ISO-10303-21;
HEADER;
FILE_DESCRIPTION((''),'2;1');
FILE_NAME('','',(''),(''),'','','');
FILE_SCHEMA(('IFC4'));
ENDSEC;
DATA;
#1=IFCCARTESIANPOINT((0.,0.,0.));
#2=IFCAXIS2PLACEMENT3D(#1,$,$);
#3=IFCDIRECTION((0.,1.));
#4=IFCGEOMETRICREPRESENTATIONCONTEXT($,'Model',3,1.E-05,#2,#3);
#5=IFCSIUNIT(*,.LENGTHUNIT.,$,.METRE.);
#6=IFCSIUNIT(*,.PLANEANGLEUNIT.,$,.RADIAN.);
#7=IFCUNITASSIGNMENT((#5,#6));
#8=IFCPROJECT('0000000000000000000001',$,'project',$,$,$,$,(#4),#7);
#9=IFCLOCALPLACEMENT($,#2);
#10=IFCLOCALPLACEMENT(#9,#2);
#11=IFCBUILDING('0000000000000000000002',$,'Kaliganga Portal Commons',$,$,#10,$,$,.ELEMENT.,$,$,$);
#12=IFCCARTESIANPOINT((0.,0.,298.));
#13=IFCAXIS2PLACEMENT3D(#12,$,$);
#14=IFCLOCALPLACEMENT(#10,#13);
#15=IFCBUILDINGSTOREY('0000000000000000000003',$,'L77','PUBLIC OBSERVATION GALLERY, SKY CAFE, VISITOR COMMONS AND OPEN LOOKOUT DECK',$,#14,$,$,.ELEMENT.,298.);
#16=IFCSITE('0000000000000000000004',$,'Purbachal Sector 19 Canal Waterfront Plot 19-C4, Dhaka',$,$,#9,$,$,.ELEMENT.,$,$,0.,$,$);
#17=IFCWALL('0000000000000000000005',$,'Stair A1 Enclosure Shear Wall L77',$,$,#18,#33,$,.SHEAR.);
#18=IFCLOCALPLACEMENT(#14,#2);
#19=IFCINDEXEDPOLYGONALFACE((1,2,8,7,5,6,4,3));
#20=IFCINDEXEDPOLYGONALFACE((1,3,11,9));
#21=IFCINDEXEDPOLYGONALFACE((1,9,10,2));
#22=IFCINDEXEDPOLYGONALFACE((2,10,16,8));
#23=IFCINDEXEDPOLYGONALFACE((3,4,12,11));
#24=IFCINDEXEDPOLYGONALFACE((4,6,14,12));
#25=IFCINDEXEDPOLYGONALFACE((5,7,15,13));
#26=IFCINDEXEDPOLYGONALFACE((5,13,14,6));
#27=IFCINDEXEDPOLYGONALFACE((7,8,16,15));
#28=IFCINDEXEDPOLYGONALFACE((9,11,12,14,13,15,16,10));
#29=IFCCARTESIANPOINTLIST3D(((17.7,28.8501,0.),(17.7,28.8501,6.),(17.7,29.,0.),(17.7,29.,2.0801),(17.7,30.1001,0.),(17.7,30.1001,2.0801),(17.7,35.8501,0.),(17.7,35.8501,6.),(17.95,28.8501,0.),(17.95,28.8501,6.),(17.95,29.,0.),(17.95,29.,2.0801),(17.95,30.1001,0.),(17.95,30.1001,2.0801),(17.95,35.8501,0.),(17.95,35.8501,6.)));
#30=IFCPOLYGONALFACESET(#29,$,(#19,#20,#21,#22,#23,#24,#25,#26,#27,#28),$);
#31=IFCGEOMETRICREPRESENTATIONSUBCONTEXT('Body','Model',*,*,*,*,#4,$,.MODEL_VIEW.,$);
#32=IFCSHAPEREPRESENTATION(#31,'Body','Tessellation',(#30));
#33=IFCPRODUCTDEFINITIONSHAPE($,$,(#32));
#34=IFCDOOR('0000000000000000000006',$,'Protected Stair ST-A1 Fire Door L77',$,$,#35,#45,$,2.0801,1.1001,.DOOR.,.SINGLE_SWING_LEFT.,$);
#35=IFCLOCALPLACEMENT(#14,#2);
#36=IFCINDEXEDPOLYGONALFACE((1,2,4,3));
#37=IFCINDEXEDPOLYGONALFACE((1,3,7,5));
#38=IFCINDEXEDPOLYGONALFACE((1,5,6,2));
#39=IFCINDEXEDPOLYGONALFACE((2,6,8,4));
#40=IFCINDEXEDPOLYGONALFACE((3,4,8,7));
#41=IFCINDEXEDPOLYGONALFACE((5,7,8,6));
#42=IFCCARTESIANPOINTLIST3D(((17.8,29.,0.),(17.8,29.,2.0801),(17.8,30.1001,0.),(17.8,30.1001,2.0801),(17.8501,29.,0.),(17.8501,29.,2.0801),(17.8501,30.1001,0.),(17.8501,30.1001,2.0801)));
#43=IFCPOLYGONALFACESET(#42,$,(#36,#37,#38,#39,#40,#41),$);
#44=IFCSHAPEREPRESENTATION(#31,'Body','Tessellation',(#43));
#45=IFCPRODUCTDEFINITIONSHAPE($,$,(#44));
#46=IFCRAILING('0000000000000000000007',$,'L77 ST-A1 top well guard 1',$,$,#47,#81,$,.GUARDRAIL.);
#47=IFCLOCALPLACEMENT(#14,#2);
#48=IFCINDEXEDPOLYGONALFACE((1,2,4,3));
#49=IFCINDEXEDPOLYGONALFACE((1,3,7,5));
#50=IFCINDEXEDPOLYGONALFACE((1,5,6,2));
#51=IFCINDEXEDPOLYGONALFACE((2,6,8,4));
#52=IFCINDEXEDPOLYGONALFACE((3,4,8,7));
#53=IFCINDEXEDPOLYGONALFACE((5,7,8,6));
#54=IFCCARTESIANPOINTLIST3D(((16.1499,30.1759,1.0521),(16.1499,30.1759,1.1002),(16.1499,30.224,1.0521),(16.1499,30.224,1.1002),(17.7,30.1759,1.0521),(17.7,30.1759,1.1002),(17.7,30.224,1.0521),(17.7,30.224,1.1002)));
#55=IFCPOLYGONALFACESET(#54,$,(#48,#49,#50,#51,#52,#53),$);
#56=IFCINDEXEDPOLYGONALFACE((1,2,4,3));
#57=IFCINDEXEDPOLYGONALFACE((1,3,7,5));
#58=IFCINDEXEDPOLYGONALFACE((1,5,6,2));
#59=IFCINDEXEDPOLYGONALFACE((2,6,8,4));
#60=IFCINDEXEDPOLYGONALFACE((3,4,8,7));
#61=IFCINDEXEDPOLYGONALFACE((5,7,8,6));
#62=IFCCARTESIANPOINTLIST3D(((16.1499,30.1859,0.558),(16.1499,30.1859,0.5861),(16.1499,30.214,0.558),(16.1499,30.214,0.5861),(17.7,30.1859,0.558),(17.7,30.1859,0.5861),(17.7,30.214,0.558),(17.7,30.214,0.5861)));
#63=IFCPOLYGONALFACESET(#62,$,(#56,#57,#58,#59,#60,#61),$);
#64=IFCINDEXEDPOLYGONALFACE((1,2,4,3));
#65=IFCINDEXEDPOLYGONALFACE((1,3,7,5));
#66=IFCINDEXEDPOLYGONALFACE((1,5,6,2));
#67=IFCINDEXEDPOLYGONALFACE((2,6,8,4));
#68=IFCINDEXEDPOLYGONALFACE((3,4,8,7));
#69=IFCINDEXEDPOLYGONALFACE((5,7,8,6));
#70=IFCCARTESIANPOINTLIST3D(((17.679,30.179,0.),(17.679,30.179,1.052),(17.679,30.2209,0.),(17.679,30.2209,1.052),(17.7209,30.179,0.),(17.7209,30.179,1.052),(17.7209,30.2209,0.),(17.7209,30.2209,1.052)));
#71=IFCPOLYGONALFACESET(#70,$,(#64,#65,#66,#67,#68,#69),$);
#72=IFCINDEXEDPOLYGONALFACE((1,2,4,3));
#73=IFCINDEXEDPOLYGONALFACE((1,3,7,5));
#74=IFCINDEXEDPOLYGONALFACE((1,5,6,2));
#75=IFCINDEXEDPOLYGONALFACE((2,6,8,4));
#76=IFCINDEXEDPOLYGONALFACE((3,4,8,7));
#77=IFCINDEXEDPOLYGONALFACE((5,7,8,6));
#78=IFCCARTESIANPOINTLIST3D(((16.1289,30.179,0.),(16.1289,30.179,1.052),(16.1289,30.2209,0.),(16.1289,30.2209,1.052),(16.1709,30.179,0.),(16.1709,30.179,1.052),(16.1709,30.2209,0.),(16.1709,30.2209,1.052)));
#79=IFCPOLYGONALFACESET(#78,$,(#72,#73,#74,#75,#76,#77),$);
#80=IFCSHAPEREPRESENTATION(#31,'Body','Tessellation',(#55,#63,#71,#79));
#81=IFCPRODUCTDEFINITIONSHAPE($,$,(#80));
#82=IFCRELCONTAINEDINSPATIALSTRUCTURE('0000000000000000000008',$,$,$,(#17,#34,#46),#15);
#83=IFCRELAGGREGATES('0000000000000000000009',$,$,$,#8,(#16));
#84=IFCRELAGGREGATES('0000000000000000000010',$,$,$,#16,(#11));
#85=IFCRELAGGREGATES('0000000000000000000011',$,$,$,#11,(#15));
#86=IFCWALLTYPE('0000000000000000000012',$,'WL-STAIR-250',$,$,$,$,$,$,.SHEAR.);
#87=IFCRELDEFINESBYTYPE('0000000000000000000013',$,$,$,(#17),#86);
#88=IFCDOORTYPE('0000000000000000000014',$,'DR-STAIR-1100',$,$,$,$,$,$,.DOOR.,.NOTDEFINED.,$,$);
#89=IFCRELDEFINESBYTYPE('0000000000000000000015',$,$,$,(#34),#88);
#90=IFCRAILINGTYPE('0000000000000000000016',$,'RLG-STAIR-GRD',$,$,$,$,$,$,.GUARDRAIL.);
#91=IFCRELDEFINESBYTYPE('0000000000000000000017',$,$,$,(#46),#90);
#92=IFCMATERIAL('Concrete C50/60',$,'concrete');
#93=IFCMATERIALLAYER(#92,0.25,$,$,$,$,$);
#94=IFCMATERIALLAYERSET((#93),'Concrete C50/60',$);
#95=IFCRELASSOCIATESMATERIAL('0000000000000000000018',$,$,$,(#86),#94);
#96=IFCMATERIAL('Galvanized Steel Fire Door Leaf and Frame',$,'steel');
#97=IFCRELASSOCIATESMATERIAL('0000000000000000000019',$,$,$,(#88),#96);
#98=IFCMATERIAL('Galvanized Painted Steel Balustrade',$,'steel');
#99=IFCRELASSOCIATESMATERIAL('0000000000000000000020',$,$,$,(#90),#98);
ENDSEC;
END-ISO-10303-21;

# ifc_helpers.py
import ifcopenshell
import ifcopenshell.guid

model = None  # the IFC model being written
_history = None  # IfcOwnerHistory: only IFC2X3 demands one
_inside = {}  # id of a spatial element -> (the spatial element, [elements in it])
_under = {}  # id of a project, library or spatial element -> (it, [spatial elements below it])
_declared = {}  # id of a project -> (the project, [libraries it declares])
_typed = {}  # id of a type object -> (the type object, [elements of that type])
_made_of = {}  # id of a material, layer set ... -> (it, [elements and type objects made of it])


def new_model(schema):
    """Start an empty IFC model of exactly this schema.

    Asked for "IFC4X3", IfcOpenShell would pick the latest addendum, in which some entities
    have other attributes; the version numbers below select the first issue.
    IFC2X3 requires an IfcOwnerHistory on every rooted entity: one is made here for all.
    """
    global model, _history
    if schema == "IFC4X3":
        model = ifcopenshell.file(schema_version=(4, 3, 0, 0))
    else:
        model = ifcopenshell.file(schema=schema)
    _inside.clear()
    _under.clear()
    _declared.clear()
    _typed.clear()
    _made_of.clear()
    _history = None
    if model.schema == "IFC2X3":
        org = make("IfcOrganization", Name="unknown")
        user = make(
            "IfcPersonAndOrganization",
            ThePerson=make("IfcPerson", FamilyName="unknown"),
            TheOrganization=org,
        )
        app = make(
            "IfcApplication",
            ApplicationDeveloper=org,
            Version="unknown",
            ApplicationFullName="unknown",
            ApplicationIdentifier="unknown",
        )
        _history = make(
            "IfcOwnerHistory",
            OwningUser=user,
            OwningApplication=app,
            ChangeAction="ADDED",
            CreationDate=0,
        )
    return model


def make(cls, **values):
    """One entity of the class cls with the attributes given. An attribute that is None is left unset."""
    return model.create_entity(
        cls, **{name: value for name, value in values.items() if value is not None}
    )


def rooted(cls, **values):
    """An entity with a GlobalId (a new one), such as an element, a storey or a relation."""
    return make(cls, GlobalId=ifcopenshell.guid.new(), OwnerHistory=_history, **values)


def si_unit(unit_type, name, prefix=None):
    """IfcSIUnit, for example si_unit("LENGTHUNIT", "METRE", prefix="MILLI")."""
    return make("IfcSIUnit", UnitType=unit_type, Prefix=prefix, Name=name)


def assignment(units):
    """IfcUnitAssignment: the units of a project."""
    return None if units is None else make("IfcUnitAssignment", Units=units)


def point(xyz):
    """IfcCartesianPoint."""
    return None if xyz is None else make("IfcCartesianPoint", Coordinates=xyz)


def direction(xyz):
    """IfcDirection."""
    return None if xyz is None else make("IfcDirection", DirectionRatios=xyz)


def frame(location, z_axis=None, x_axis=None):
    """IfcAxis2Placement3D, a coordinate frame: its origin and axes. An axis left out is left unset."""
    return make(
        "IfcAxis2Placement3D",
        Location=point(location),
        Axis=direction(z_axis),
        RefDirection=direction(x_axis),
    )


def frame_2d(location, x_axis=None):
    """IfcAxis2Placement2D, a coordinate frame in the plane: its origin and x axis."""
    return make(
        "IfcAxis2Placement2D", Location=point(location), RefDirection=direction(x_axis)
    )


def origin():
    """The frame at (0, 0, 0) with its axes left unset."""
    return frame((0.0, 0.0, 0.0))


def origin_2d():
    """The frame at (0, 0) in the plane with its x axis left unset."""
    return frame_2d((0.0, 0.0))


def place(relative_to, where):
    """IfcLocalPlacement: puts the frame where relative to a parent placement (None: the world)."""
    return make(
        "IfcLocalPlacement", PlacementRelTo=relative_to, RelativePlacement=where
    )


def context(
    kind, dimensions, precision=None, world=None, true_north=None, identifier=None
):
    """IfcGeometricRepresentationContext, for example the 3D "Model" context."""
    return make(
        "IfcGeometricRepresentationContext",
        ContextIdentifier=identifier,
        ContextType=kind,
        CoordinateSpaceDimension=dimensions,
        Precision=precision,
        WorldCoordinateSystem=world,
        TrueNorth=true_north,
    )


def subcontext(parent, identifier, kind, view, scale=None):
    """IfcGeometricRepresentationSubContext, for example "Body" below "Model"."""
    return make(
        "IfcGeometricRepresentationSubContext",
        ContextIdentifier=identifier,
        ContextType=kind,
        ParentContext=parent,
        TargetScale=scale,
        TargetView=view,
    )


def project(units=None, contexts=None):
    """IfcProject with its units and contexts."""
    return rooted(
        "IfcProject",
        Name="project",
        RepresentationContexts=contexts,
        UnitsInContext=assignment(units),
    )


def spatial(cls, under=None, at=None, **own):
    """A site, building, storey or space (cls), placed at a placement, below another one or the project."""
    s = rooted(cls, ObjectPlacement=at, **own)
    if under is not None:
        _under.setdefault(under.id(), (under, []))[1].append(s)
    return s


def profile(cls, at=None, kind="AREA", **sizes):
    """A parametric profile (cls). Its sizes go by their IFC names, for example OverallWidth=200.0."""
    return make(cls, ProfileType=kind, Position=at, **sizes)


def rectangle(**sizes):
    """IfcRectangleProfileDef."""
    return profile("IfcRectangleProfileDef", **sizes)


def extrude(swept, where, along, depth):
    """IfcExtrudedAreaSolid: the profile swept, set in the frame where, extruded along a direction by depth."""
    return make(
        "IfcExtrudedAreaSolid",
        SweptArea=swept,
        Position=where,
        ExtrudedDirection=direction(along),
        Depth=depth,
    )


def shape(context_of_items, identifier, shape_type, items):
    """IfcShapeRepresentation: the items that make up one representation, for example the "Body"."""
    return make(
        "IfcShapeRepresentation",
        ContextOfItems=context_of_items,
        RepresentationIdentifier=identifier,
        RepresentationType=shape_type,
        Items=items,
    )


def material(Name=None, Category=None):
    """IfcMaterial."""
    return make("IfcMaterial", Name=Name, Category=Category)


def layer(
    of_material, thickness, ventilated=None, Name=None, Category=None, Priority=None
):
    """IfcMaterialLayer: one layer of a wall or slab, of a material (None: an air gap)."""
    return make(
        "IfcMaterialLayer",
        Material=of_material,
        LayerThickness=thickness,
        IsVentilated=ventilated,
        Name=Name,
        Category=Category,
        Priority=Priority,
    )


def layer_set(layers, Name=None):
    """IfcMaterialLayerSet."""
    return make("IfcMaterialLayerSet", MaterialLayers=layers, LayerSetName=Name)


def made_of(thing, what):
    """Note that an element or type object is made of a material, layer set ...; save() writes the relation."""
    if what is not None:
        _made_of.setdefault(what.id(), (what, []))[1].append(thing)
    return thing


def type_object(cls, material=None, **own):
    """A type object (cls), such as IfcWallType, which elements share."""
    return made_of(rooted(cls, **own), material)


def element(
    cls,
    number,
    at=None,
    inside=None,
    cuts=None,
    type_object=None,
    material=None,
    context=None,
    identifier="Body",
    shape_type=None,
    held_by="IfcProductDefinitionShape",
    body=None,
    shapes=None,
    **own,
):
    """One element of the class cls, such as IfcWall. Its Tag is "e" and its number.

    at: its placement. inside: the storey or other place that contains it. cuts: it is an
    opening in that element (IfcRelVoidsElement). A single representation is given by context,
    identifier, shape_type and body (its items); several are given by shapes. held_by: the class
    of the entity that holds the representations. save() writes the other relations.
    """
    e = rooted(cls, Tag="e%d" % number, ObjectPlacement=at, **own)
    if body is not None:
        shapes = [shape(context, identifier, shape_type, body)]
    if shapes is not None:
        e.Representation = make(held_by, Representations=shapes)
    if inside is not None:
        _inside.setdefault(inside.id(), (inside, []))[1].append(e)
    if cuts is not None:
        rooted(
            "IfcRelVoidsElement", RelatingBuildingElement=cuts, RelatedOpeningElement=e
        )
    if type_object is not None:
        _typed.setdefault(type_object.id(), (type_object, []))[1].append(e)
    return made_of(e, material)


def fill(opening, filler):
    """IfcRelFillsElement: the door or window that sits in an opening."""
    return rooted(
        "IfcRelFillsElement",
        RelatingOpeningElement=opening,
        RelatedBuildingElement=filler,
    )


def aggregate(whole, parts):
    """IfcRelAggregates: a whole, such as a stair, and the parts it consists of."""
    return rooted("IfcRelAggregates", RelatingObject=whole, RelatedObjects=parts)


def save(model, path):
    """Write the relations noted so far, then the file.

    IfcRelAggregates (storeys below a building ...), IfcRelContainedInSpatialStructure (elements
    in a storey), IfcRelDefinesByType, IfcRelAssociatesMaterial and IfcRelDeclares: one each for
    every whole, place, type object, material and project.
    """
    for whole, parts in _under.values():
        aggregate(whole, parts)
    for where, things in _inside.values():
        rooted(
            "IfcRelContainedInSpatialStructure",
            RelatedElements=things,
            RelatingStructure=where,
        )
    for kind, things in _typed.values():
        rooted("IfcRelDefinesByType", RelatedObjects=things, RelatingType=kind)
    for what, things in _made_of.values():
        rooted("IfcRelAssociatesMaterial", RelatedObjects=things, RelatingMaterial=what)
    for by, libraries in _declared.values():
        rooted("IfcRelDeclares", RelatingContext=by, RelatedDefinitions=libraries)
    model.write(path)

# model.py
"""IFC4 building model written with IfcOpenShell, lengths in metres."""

from ifc_helpers import new_model, si_unit, direction, frame, frame_2d, origin, origin_2d, place, context, subcontext, project, spatial, rectangle, extrude, material, layer, layer_set, type_object, element, fill, save


model = new_model("IFC4")

# Units and contexts
model_context = context("Model", 3, precision=1e-05, world=origin(), true_north=direction((0.0, 1.0)))
body_context = subcontext(model_context, "Body", "Model", "MODEL_VIEW")
ifc_project = project(units=[si_unit("LENGTHUNIT", "METRE"), si_unit("PLANEANGLEUNIT", "RADIAN")], contexts=[model_context])

# Site, building, storey
site_placement = place(None, origin())
site = spatial("IfcSite", under=ifc_project, at=site_placement, Name="Purbachal Sector 19 Canal Waterfront Plot 19-C4, Dhaka", CompositionType="ELEMENT", RefElevation=0.0)
building_placement = place(site_placement, origin())
building = spatial("IfcBuilding", under=site, at=building_placement, Name="Kaliganga Portal Commons", CompositionType="ELEMENT")
storey_placement = place(building_placement, frame((0.0, 0.0, 298.0)))
storey = spatial("IfcBuildingStorey", under=building, at=storey_placement, Name="L77", Description="PUBLIC OBSERVATION GALLERY, SKY CAFE, VISITOR COMMONS AND OPEN LOOKOUT DECK", CompositionType="ELEMENT", Elevation=298.0)

# Shared definitions
ifc_material_1 = material(Name="Concrete C50/60", Category="concrete")

# Wall, opening, door
ifc_layer_1 = layer(ifc_material_1, 0.25)
ifc_layer_set_1 = layer_set([ifc_layer_1], Name="Concrete C50/60")
wall_type_1 = type_object("IfcWallType", Name="WL-STAIR-250", PredefinedType="SHEAR", material=ifc_layer_set_1)
wall_1_placement = place(storey_placement, frame((17.825, 28.8501, 0.0), z_axis=(0.0, 0.0, 1.0), x_axis=(0.0, 1.0, 0.0)))
wall_1 = element("IfcWall", 1, at=wall_1_placement, inside=storey, type_object=wall_type_1, Name="Stair A1 Enclosure Shear Wall L77", PredefinedType="SHEAR", context=body_context, shape_type="SweptSolid", body=[
    extrude(rectangle(XDim=7.0, YDim=0.25, at=frame_2d((3.5, 0.0))), origin(), (0.0, 0.0, 1.0), 6.0),
])
opening_1_placement = place(wall_1_placement, frame((0.1499, 0.0, 0.0)))
opening_1 = element("IfcOpeningElement", 2, at=opening_1_placement, cuts=wall_1, PredefinedType="OPENING", context=body_context, shape_type="SweptSolid", body=[
    extrude(rectangle(XDim=1.1001, YDim=2.0801, at=frame_2d((0.55, 1.04))), frame((0.0, 0.135, 0.0), z_axis=(0.0, -1.0, 0.0), x_axis=(1.0, 0.0, 0.0)), (0.0, 0.0, 1.0), 0.27),
])
ifc_material_2 = material(Name="Galvanized Steel Fire Door Leaf and Frame", Category="steel")
door_type_1 = type_object("IfcDoorType", Name="DR-STAIR-1100", OperationType="NOTDEFINED", PredefinedType="DOOR", material=ifc_material_2)
door_1_placement = place(opening_1_placement, origin())
door_1 = element("IfcDoor", 3, at=door_1_placement, inside=storey, type_object=door_type_1, Name="Protected Stair ST-A1 Fire Door L77", OperationType="SINGLE_SWING_LEFT", OverallHeight=2.0801, OverallWidth=1.1001, PredefinedType="DOOR", context=body_context, shape_type="SweptSolid", body=[
    extrude(rectangle(XDim=1.1001, YDim=2.0801, at=frame_2d((0.55, 1.04))), frame((0.0, 0.0249, 0.0), z_axis=(0.0, -1.0, 0.0), x_axis=(1.0, 0.0, 0.0)), (0.0, 0.0, 1.0), 0.05),
])
fill(opening_1, door_1)

# Railing
ifc_material_3 = material(Name="Galvanized Painted Steel Balustrade", Category="steel")
railing_type = type_object("IfcRailingType", Name="RLG-STAIR-GRD", PredefinedType="GUARDRAIL", material=ifc_material_3)
railing_placement = place(storey_placement, frame((17.7, 30.2, 0.0)))
element("IfcRailing", 4, at=railing_placement, inside=storey, type_object=railing_type, Name="L77 ST-A1 top well guard 1", PredefinedType="GUARDRAIL", context=body_context, shape_type="SweptSolid", body=[
    extrude(rectangle(XDim=0.0481, YDim=0.0481, at=origin_2d()), frame((0.0, 0.0, 1.0762), z_axis=(-1.0, 0.0, 0.0), x_axis=(0.0, -1.0, 0.0)), (0.0, 0.0, 1.0), 1.55),
    extrude(rectangle(XDim=0.0281, YDim=0.0281, at=origin_2d()), frame((0.0, 0.0, 0.572), z_axis=(-1.0, 0.0, 0.0), x_axis=(0.0, -1.0, 0.0)), (0.0, 0.0, 1.0), 1.55),
    extrude(rectangle(XDim=0.042, YDim=0.042, at=origin_2d()), origin(), (0.0, 0.0, 1.0), 1.052),
    extrude(rectangle(XDim=0.042, YDim=0.042, at=origin_2d()), frame((-1.55, 0.0, 0.0)), (0.0, 0.0, 1.0), 1.052),
])

save(model, "model.ifc")
